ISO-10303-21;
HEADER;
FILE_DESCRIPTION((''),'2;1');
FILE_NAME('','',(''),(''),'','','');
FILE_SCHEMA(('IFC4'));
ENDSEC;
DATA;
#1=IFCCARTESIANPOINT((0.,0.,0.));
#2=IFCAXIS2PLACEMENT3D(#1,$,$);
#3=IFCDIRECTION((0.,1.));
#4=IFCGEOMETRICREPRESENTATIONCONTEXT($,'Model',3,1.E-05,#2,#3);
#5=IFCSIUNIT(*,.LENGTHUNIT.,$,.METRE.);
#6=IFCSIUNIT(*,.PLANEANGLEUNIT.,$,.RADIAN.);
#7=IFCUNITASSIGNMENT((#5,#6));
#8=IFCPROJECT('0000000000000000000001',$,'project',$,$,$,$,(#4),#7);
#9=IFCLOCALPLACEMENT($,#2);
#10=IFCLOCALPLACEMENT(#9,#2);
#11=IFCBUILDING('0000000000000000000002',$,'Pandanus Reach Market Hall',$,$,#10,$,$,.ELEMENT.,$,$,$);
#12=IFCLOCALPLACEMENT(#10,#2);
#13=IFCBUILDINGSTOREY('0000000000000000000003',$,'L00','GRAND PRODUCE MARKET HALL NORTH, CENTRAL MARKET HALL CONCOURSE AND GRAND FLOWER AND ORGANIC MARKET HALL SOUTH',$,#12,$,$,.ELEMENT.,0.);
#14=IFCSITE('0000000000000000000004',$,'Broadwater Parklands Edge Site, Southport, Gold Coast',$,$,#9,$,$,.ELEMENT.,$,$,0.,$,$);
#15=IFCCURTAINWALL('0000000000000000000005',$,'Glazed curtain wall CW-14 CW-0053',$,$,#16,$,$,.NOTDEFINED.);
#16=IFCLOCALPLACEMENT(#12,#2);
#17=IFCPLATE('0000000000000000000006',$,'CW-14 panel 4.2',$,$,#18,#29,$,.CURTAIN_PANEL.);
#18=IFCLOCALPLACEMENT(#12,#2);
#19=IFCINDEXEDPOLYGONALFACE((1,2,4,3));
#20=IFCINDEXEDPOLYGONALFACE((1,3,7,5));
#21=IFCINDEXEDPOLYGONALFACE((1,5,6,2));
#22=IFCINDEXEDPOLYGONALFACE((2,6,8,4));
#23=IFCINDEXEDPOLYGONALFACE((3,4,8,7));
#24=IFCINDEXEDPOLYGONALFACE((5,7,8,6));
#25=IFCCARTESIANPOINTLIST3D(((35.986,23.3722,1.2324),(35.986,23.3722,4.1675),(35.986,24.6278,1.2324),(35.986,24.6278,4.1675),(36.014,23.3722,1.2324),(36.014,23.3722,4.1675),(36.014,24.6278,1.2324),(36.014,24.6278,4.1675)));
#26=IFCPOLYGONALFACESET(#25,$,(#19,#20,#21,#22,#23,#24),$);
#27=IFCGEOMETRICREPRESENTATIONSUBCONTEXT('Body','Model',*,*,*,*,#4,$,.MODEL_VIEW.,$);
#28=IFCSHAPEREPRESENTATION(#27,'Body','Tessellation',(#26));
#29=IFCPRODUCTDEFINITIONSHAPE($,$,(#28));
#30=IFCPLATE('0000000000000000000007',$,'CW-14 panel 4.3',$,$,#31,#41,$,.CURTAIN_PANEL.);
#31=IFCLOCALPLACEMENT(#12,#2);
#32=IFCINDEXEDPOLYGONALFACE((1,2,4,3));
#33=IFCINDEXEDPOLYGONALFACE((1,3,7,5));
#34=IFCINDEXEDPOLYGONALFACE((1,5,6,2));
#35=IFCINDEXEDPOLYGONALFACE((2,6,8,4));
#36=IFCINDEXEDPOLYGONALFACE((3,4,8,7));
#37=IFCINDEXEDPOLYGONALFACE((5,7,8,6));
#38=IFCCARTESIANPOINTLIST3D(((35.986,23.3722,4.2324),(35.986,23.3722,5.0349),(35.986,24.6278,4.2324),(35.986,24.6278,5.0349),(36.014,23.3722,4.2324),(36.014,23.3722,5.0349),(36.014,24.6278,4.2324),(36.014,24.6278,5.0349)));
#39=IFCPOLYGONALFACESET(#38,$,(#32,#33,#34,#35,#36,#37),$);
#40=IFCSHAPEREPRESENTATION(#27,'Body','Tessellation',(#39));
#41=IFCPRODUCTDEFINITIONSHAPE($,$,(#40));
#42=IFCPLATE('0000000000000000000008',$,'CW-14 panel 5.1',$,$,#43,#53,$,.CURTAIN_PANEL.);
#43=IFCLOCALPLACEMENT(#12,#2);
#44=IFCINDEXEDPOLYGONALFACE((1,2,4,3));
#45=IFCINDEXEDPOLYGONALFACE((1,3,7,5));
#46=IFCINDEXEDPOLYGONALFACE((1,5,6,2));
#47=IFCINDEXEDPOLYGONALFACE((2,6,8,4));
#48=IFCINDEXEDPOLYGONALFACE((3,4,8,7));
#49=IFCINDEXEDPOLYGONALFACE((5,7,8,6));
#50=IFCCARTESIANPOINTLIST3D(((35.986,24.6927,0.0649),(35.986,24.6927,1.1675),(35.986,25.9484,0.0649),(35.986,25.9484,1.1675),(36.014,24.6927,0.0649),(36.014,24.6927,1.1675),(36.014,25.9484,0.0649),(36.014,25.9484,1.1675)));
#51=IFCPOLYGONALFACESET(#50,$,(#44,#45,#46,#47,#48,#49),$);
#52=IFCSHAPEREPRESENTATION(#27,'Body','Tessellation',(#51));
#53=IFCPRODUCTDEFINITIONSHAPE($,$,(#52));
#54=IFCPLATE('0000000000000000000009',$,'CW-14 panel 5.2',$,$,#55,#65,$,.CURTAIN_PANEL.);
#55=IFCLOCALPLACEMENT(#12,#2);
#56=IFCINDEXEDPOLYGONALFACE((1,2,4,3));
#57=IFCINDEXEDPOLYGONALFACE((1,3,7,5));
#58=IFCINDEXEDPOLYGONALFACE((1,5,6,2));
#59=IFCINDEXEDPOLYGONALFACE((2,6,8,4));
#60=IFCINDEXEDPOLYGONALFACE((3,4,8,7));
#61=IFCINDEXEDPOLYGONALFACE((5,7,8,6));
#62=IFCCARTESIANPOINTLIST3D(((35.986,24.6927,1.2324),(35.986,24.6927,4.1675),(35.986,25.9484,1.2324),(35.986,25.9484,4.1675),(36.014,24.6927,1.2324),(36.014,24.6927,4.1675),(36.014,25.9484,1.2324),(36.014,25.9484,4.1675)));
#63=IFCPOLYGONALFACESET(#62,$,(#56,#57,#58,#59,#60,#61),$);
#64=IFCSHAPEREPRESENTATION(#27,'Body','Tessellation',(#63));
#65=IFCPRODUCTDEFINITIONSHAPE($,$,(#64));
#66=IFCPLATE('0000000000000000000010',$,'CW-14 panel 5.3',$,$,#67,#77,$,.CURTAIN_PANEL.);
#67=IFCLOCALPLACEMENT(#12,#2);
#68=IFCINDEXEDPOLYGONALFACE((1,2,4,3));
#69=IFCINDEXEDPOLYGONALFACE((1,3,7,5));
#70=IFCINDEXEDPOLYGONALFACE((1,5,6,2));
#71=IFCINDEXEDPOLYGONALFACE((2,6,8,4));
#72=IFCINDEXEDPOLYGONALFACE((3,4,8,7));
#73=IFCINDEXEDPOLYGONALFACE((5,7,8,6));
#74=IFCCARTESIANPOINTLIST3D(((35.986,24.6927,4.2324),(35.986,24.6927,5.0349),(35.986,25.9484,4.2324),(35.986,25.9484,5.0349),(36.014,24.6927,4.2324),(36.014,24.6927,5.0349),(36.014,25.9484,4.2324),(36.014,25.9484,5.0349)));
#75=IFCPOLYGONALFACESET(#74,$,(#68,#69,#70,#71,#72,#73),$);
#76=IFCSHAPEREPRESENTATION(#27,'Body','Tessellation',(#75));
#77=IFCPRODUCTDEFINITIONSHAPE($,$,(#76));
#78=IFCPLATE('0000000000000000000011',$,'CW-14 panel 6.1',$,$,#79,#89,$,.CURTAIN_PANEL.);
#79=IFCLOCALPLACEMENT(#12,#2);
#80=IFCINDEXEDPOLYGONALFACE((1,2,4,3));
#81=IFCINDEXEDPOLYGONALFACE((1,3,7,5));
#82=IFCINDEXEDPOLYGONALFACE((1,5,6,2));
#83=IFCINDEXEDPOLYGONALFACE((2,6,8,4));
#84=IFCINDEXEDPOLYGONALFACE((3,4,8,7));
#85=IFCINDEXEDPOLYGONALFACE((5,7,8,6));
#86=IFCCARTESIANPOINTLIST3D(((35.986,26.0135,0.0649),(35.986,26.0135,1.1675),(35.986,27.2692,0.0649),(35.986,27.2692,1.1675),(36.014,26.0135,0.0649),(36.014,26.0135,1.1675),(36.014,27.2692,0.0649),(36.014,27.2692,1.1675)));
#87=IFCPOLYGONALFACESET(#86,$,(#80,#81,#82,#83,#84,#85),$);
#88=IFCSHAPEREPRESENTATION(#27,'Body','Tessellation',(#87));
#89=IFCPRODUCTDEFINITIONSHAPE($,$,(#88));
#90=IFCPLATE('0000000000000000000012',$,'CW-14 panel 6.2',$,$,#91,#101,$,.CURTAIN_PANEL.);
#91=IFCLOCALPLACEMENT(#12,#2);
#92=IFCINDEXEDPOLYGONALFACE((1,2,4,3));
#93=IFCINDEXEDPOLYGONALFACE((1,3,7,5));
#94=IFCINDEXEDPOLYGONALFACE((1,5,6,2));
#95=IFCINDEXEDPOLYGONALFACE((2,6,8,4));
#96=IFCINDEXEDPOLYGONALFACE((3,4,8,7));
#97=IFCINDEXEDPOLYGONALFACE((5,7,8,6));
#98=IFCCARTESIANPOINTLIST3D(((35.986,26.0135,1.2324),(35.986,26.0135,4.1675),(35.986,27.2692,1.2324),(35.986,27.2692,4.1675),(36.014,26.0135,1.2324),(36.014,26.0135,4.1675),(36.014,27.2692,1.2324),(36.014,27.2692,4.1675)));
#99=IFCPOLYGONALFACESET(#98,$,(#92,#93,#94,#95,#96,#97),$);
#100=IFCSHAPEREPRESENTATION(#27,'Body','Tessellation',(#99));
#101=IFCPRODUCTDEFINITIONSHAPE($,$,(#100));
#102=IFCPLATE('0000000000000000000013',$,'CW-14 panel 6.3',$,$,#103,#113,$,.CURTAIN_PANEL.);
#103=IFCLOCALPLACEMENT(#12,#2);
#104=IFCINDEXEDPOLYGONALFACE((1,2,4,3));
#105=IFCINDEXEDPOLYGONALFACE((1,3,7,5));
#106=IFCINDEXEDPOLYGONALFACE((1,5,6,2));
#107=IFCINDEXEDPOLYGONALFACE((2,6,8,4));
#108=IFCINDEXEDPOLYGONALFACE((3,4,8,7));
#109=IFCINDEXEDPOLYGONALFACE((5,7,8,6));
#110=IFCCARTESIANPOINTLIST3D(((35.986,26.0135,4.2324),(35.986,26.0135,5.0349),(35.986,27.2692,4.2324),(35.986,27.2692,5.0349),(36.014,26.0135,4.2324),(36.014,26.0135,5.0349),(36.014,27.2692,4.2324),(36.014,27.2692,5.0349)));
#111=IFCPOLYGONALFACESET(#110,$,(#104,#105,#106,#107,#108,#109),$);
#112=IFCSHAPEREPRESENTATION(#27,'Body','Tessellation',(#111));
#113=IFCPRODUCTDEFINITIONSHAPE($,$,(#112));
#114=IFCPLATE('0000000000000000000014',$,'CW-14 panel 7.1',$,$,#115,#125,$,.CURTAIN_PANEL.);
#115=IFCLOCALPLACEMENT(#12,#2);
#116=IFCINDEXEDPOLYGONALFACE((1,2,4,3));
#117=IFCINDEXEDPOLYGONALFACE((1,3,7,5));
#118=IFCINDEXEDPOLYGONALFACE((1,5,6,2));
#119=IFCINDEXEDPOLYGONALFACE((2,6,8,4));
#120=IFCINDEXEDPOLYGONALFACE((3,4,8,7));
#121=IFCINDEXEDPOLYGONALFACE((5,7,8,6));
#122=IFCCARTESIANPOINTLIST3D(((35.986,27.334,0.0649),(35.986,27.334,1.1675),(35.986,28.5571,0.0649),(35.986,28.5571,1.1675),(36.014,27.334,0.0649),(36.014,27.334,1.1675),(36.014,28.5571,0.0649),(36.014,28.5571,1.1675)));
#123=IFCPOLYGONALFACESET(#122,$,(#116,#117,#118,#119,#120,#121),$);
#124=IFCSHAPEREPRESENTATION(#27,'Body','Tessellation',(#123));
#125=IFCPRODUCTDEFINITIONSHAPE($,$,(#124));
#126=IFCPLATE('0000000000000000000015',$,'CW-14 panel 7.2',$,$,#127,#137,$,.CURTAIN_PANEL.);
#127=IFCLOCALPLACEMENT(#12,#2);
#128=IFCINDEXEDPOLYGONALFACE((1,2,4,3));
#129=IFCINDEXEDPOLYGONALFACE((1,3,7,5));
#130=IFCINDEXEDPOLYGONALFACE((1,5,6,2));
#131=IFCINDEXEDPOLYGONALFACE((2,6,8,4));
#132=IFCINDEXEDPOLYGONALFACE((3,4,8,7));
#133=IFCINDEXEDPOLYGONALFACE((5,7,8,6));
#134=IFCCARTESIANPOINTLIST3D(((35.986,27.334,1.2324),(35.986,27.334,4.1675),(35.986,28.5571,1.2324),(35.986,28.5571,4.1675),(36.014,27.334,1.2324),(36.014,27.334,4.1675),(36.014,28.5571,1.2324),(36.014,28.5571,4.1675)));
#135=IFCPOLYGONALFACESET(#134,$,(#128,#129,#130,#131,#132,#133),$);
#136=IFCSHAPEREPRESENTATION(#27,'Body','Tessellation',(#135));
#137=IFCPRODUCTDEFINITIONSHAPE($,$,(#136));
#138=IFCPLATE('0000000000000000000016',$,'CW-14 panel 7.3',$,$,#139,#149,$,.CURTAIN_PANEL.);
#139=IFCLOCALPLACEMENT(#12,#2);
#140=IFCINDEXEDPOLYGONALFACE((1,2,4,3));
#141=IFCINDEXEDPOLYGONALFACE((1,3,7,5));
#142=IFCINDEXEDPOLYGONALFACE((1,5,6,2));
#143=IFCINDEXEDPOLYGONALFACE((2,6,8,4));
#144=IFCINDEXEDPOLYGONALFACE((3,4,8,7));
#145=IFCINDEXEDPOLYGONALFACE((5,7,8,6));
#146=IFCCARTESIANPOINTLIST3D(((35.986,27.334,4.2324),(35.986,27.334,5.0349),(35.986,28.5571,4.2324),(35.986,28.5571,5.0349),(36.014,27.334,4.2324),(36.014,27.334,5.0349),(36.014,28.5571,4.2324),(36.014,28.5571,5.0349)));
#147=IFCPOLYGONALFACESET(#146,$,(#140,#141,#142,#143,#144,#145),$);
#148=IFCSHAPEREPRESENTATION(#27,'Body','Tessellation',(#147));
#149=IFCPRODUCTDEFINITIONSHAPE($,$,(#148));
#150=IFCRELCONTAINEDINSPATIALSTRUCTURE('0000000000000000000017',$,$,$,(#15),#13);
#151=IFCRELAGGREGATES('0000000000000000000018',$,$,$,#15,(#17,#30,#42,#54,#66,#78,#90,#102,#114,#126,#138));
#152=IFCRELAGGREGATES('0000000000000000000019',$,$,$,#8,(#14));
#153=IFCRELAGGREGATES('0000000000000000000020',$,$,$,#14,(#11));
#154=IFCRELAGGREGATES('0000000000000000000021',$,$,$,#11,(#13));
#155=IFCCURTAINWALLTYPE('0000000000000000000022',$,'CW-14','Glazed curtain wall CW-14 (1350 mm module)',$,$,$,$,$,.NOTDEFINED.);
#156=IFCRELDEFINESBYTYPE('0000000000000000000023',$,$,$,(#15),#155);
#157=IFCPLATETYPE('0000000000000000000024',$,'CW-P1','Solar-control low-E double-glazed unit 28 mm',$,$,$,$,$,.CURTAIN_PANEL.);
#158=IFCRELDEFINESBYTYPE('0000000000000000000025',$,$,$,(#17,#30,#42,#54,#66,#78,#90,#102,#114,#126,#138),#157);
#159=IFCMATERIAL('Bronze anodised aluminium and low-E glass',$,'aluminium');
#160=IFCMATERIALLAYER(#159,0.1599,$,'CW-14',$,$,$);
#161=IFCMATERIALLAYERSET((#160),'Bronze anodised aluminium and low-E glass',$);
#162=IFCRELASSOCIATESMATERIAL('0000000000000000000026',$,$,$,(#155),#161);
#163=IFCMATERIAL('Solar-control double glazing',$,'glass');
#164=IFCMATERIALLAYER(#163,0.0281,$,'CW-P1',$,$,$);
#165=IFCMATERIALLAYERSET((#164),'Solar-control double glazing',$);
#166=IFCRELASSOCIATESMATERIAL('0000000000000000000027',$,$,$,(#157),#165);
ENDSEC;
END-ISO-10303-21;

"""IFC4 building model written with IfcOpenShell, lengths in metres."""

from ifc_helpers import new_model, si_unit, direction, frame, origin, origin_2d, place, context, subcontext, project, spatial, rectangle, extrude, material, layer, layer_set, type_object, element, aggregate, save


model = new_model("IFC4")

# Units and contexts
model_context = context("Model", 3, precision=1e-05, world=origin(), true_north=direction((0.0, 1.0)))
body_context = subcontext(model_context, "Body", "Model", "MODEL_VIEW")
ifc_project = project(units=[si_unit("LENGTHUNIT", "METRE"), si_unit("PLANEANGLEUNIT", "RADIAN")], contexts=[model_context])

# Site, building, storey
site_placement = place(None, origin())
site = spatial("IfcSite", under=ifc_project, at=site_placement, Name="Broadwater Parklands Edge Site, Southport, Gold Coast", CompositionType="ELEMENT", RefElevation=0.0)
building_placement = place(site_placement, origin())
building = spatial("IfcBuilding", under=site, at=building_placement, Name="Pandanus Reach Market Hall", CompositionType="ELEMENT")
storey_placement = place(building_placement, origin())
storey = spatial("IfcBuildingStorey", under=building, at=storey_placement, Name="L00", Description="GRAND PRODUCE MARKET HALL NORTH, CENTRAL MARKET HALL CONCOURSE AND GRAND FLOWER AND ORGANIC MARKET HALL SOUTH", CompositionType="ELEMENT", Elevation=0.0)

# Curtain wall
ifc_material_1 = material(Name="Bronze anodised aluminium and low-E glass", Category="aluminium")
ifc_layer_1 = layer(ifc_material_1, 0.1599, Name="CW-14")
ifc_layer_set_1 = layer_set([ifc_layer_1], Name="Bronze anodised aluminium and low-E glass")
curtain_wall_type = type_object("IfcCurtainWallType", Name="CW-14", Description="Glazed curtain wall CW-14 (1350 mm module)", PredefinedType="NOTDEFINED", material=ifc_layer_set_1)
curtain_wall_placement = place(storey_placement, origin())
curtain_wall = element("IfcCurtainWall", 1, at=curtain_wall_placement, inside=storey, type_object=curtain_wall_type, Name="Glazed curtain wall CW-14 CW-0053", PredefinedType="NOTDEFINED")

# Plates
ifc_material_2 = material(Name="Solar-control double glazing", Category="glass")
ifc_layer_2 = layer(ifc_material_2, 0.0281, Name="CW-P1")
ifc_layer_set_2 = layer_set([ifc_layer_2], Name="Solar-control double glazing")
plate_type_1 = type_object("IfcPlateType", Name="CW-P1", Description="Solar-control low-E double-glazed unit 28 mm", PredefinedType="CURTAIN_PANEL", material=ifc_layer_set_2)
plate_1_placement = place(storey_placement, frame((36.0, 24.0, 1.2324), z_axis=(0.0, 0.0, 1.0), x_axis=(0.0, 1.0, 0.0)))
plate_1 = element("IfcPlate", 2, at=plate_1_placement, type_object=plate_type_1, Name="CW-14 panel 4.2", PredefinedType="CURTAIN_PANEL", context=body_context, shape_type="SweptSolid", body=[
    extrude(rectangle(XDim=1.2556, YDim=0.0281, at=origin_2d()), origin(), (0.0, 0.0, 1.0), 2.9351),
])
plate_2_placement = place(storey_placement, frame((36.0, 24.0, 4.2324), z_axis=(0.0, 0.0, 1.0), x_axis=(0.0, 1.0, 0.0)))
plate_2 = element("IfcPlate", 3, at=plate_2_placement, type_object=plate_type_1, Name="CW-14 panel 4.3", PredefinedType="CURTAIN_PANEL", context=body_context, shape_type="SweptSolid", body=[
    extrude(rectangle(XDim=1.2556, YDim=0.0281, at=origin_2d()), origin(), (0.0, 0.0, 1.0), 0.8025),
])
plate_3_placement = place(storey_placement, frame((36.0, 25.3206, 0.0649), z_axis=(0.0, 0.0, 1.0), x_axis=(0.0, 1.0, 0.0)))
plate_3 = element("IfcPlate", 4, at=plate_3_placement, type_object=plate_type_1, Name="CW-14 panel 5.1", PredefinedType="CURTAIN_PANEL", context=body_context, shape_type="SweptSolid", body=[
    extrude(rectangle(XDim=1.2556, YDim=0.0281, at=origin_2d()), origin(), (0.0, 0.0, 1.0), 1.1025),
])
plate_4_placement = place(storey_placement, frame((36.0, 25.3206, 1.2324), z_axis=(0.0, 0.0, 1.0), x_axis=(0.0, 1.0, 0.0)))
plate_4 = element("IfcPlate", 5, at=plate_4_placement, type_object=plate_type_1, Name="CW-14 panel 5.2", PredefinedType="CURTAIN_PANEL", context=body_context, shape_type="SweptSolid", body=[
    extrude(rectangle(XDim=1.2556, YDim=0.0281, at=origin_2d()), origin(), (0.0, 0.0, 1.0), 2.9351),
])
plate_5_placement = place(storey_placement, frame((36.0, 25.3206, 4.2324), z_axis=(0.0, 0.0, 1.0), x_axis=(0.0, 1.0, 0.0)))
plate_5 = element("IfcPlate", 6, at=plate_5_placement, type_object=plate_type_1, Name="CW-14 panel 5.3", PredefinedType="CURTAIN_PANEL", context=body_context, shape_type="SweptSolid", body=[
    extrude(rectangle(XDim=1.2556, YDim=0.0281, at=origin_2d()), origin(), (0.0, 0.0, 1.0), 0.8025),
])
plate_6_placement = place(storey_placement, frame((36.0, 26.6414, 0.0649), z_axis=(0.0, 0.0, 1.0), x_axis=(0.0, 1.0, 0.0)))
plate_6 = element("IfcPlate", 7, at=plate_6_placement, type_object=plate_type_1, Name="CW-14 panel 6.1", PredefinedType="CURTAIN_PANEL", context=body_context, shape_type="SweptSolid", body=[
    extrude(rectangle(XDim=1.2556, YDim=0.0281, at=origin_2d()), origin(), (0.0, 0.0, 1.0), 1.1025),
])
plate_7_placement = place(storey_placement, frame((36.0, 26.6414, 1.2324), z_axis=(0.0, 0.0, 1.0), x_axis=(0.0, 1.0, 0.0)))
plate_7 = element("IfcPlate", 8, at=plate_7_placement, type_object=plate_type_1, Name="CW-14 panel 6.2", PredefinedType="CURTAIN_PANEL", context=body_context, shape_type="SweptSolid", body=[
    extrude(rectangle(XDim=1.2556, YDim=0.0281, at=origin_2d()), origin(), (0.0, 0.0, 1.0), 2.9351),
])
plate_8_placement = place(storey_placement, frame((36.0, 26.6414, 4.2324), z_axis=(0.0, 0.0, 1.0), x_axis=(0.0, 1.0, 0.0)))
plate_8 = element("IfcPlate", 9, at=plate_8_placement, type_object=plate_type_1, Name="CW-14 panel 6.3", PredefinedType="CURTAIN_PANEL", context=body_context, shape_type="SweptSolid", body=[
    extrude(rectangle(XDim=1.2556, YDim=0.0281, at=origin_2d()), origin(), (0.0, 0.0, 1.0), 0.8025),
])
plate_9_placement = place(storey_placement, frame((36.0, 27.9456, 0.0649), z_axis=(0.0, 0.0, 1.0), x_axis=(0.0, 1.0, 0.0)))
plate_9 = element("IfcPlate", 10, at=plate_9_placement, type_object=plate_type_1, Name="CW-14 panel 7.1", PredefinedType="CURTAIN_PANEL", context=body_context, shape_type="SweptSolid", body=[
    extrude(rectangle(XDim=1.2231, YDim=0.0281, at=origin_2d()), origin(), (0.0, 0.0, 1.0), 1.1025),
])
plate_10_placement = place(storey_placement, frame((36.0, 27.9456, 1.2324), z_axis=(0.0, 0.0, 1.0), x_axis=(0.0, 1.0, 0.0)))
plate_10 = element("IfcPlate", 11, at=plate_10_placement, type_object=plate_type_1, Name="CW-14 panel 7.2", PredefinedType="CURTAIN_PANEL", context=body_context, shape_type="SweptSolid", body=[
    extrude(rectangle(XDim=1.2231, YDim=0.0281, at=origin_2d()), origin(), (0.0, 0.0, 1.0), 2.9351),
])
plate_11_placement = place(storey_placement, frame((36.0, 27.9456, 4.2324), z_axis=(0.0, 0.0, 1.0), x_axis=(0.0, 1.0, 0.0)))
plate_11 = element("IfcPlate", 12, at=plate_11_placement, type_object=plate_type_1, Name="CW-14 panel 7.3", PredefinedType="CURTAIN_PANEL", context=body_context, shape_type="SweptSolid", body=[
    extrude(rectangle(XDim=1.2231, YDim=0.0281, at=origin_2d()), origin(), (0.0, 0.0, 1.0), 0.8025),
])
aggregate(curtain_wall, [plate_1, plate_2, plate_3, plate_4, plate_5, plate_6, plate_7, plate_8, plate_9, plate_10, plate_11])

save(model, "model.ifc")
